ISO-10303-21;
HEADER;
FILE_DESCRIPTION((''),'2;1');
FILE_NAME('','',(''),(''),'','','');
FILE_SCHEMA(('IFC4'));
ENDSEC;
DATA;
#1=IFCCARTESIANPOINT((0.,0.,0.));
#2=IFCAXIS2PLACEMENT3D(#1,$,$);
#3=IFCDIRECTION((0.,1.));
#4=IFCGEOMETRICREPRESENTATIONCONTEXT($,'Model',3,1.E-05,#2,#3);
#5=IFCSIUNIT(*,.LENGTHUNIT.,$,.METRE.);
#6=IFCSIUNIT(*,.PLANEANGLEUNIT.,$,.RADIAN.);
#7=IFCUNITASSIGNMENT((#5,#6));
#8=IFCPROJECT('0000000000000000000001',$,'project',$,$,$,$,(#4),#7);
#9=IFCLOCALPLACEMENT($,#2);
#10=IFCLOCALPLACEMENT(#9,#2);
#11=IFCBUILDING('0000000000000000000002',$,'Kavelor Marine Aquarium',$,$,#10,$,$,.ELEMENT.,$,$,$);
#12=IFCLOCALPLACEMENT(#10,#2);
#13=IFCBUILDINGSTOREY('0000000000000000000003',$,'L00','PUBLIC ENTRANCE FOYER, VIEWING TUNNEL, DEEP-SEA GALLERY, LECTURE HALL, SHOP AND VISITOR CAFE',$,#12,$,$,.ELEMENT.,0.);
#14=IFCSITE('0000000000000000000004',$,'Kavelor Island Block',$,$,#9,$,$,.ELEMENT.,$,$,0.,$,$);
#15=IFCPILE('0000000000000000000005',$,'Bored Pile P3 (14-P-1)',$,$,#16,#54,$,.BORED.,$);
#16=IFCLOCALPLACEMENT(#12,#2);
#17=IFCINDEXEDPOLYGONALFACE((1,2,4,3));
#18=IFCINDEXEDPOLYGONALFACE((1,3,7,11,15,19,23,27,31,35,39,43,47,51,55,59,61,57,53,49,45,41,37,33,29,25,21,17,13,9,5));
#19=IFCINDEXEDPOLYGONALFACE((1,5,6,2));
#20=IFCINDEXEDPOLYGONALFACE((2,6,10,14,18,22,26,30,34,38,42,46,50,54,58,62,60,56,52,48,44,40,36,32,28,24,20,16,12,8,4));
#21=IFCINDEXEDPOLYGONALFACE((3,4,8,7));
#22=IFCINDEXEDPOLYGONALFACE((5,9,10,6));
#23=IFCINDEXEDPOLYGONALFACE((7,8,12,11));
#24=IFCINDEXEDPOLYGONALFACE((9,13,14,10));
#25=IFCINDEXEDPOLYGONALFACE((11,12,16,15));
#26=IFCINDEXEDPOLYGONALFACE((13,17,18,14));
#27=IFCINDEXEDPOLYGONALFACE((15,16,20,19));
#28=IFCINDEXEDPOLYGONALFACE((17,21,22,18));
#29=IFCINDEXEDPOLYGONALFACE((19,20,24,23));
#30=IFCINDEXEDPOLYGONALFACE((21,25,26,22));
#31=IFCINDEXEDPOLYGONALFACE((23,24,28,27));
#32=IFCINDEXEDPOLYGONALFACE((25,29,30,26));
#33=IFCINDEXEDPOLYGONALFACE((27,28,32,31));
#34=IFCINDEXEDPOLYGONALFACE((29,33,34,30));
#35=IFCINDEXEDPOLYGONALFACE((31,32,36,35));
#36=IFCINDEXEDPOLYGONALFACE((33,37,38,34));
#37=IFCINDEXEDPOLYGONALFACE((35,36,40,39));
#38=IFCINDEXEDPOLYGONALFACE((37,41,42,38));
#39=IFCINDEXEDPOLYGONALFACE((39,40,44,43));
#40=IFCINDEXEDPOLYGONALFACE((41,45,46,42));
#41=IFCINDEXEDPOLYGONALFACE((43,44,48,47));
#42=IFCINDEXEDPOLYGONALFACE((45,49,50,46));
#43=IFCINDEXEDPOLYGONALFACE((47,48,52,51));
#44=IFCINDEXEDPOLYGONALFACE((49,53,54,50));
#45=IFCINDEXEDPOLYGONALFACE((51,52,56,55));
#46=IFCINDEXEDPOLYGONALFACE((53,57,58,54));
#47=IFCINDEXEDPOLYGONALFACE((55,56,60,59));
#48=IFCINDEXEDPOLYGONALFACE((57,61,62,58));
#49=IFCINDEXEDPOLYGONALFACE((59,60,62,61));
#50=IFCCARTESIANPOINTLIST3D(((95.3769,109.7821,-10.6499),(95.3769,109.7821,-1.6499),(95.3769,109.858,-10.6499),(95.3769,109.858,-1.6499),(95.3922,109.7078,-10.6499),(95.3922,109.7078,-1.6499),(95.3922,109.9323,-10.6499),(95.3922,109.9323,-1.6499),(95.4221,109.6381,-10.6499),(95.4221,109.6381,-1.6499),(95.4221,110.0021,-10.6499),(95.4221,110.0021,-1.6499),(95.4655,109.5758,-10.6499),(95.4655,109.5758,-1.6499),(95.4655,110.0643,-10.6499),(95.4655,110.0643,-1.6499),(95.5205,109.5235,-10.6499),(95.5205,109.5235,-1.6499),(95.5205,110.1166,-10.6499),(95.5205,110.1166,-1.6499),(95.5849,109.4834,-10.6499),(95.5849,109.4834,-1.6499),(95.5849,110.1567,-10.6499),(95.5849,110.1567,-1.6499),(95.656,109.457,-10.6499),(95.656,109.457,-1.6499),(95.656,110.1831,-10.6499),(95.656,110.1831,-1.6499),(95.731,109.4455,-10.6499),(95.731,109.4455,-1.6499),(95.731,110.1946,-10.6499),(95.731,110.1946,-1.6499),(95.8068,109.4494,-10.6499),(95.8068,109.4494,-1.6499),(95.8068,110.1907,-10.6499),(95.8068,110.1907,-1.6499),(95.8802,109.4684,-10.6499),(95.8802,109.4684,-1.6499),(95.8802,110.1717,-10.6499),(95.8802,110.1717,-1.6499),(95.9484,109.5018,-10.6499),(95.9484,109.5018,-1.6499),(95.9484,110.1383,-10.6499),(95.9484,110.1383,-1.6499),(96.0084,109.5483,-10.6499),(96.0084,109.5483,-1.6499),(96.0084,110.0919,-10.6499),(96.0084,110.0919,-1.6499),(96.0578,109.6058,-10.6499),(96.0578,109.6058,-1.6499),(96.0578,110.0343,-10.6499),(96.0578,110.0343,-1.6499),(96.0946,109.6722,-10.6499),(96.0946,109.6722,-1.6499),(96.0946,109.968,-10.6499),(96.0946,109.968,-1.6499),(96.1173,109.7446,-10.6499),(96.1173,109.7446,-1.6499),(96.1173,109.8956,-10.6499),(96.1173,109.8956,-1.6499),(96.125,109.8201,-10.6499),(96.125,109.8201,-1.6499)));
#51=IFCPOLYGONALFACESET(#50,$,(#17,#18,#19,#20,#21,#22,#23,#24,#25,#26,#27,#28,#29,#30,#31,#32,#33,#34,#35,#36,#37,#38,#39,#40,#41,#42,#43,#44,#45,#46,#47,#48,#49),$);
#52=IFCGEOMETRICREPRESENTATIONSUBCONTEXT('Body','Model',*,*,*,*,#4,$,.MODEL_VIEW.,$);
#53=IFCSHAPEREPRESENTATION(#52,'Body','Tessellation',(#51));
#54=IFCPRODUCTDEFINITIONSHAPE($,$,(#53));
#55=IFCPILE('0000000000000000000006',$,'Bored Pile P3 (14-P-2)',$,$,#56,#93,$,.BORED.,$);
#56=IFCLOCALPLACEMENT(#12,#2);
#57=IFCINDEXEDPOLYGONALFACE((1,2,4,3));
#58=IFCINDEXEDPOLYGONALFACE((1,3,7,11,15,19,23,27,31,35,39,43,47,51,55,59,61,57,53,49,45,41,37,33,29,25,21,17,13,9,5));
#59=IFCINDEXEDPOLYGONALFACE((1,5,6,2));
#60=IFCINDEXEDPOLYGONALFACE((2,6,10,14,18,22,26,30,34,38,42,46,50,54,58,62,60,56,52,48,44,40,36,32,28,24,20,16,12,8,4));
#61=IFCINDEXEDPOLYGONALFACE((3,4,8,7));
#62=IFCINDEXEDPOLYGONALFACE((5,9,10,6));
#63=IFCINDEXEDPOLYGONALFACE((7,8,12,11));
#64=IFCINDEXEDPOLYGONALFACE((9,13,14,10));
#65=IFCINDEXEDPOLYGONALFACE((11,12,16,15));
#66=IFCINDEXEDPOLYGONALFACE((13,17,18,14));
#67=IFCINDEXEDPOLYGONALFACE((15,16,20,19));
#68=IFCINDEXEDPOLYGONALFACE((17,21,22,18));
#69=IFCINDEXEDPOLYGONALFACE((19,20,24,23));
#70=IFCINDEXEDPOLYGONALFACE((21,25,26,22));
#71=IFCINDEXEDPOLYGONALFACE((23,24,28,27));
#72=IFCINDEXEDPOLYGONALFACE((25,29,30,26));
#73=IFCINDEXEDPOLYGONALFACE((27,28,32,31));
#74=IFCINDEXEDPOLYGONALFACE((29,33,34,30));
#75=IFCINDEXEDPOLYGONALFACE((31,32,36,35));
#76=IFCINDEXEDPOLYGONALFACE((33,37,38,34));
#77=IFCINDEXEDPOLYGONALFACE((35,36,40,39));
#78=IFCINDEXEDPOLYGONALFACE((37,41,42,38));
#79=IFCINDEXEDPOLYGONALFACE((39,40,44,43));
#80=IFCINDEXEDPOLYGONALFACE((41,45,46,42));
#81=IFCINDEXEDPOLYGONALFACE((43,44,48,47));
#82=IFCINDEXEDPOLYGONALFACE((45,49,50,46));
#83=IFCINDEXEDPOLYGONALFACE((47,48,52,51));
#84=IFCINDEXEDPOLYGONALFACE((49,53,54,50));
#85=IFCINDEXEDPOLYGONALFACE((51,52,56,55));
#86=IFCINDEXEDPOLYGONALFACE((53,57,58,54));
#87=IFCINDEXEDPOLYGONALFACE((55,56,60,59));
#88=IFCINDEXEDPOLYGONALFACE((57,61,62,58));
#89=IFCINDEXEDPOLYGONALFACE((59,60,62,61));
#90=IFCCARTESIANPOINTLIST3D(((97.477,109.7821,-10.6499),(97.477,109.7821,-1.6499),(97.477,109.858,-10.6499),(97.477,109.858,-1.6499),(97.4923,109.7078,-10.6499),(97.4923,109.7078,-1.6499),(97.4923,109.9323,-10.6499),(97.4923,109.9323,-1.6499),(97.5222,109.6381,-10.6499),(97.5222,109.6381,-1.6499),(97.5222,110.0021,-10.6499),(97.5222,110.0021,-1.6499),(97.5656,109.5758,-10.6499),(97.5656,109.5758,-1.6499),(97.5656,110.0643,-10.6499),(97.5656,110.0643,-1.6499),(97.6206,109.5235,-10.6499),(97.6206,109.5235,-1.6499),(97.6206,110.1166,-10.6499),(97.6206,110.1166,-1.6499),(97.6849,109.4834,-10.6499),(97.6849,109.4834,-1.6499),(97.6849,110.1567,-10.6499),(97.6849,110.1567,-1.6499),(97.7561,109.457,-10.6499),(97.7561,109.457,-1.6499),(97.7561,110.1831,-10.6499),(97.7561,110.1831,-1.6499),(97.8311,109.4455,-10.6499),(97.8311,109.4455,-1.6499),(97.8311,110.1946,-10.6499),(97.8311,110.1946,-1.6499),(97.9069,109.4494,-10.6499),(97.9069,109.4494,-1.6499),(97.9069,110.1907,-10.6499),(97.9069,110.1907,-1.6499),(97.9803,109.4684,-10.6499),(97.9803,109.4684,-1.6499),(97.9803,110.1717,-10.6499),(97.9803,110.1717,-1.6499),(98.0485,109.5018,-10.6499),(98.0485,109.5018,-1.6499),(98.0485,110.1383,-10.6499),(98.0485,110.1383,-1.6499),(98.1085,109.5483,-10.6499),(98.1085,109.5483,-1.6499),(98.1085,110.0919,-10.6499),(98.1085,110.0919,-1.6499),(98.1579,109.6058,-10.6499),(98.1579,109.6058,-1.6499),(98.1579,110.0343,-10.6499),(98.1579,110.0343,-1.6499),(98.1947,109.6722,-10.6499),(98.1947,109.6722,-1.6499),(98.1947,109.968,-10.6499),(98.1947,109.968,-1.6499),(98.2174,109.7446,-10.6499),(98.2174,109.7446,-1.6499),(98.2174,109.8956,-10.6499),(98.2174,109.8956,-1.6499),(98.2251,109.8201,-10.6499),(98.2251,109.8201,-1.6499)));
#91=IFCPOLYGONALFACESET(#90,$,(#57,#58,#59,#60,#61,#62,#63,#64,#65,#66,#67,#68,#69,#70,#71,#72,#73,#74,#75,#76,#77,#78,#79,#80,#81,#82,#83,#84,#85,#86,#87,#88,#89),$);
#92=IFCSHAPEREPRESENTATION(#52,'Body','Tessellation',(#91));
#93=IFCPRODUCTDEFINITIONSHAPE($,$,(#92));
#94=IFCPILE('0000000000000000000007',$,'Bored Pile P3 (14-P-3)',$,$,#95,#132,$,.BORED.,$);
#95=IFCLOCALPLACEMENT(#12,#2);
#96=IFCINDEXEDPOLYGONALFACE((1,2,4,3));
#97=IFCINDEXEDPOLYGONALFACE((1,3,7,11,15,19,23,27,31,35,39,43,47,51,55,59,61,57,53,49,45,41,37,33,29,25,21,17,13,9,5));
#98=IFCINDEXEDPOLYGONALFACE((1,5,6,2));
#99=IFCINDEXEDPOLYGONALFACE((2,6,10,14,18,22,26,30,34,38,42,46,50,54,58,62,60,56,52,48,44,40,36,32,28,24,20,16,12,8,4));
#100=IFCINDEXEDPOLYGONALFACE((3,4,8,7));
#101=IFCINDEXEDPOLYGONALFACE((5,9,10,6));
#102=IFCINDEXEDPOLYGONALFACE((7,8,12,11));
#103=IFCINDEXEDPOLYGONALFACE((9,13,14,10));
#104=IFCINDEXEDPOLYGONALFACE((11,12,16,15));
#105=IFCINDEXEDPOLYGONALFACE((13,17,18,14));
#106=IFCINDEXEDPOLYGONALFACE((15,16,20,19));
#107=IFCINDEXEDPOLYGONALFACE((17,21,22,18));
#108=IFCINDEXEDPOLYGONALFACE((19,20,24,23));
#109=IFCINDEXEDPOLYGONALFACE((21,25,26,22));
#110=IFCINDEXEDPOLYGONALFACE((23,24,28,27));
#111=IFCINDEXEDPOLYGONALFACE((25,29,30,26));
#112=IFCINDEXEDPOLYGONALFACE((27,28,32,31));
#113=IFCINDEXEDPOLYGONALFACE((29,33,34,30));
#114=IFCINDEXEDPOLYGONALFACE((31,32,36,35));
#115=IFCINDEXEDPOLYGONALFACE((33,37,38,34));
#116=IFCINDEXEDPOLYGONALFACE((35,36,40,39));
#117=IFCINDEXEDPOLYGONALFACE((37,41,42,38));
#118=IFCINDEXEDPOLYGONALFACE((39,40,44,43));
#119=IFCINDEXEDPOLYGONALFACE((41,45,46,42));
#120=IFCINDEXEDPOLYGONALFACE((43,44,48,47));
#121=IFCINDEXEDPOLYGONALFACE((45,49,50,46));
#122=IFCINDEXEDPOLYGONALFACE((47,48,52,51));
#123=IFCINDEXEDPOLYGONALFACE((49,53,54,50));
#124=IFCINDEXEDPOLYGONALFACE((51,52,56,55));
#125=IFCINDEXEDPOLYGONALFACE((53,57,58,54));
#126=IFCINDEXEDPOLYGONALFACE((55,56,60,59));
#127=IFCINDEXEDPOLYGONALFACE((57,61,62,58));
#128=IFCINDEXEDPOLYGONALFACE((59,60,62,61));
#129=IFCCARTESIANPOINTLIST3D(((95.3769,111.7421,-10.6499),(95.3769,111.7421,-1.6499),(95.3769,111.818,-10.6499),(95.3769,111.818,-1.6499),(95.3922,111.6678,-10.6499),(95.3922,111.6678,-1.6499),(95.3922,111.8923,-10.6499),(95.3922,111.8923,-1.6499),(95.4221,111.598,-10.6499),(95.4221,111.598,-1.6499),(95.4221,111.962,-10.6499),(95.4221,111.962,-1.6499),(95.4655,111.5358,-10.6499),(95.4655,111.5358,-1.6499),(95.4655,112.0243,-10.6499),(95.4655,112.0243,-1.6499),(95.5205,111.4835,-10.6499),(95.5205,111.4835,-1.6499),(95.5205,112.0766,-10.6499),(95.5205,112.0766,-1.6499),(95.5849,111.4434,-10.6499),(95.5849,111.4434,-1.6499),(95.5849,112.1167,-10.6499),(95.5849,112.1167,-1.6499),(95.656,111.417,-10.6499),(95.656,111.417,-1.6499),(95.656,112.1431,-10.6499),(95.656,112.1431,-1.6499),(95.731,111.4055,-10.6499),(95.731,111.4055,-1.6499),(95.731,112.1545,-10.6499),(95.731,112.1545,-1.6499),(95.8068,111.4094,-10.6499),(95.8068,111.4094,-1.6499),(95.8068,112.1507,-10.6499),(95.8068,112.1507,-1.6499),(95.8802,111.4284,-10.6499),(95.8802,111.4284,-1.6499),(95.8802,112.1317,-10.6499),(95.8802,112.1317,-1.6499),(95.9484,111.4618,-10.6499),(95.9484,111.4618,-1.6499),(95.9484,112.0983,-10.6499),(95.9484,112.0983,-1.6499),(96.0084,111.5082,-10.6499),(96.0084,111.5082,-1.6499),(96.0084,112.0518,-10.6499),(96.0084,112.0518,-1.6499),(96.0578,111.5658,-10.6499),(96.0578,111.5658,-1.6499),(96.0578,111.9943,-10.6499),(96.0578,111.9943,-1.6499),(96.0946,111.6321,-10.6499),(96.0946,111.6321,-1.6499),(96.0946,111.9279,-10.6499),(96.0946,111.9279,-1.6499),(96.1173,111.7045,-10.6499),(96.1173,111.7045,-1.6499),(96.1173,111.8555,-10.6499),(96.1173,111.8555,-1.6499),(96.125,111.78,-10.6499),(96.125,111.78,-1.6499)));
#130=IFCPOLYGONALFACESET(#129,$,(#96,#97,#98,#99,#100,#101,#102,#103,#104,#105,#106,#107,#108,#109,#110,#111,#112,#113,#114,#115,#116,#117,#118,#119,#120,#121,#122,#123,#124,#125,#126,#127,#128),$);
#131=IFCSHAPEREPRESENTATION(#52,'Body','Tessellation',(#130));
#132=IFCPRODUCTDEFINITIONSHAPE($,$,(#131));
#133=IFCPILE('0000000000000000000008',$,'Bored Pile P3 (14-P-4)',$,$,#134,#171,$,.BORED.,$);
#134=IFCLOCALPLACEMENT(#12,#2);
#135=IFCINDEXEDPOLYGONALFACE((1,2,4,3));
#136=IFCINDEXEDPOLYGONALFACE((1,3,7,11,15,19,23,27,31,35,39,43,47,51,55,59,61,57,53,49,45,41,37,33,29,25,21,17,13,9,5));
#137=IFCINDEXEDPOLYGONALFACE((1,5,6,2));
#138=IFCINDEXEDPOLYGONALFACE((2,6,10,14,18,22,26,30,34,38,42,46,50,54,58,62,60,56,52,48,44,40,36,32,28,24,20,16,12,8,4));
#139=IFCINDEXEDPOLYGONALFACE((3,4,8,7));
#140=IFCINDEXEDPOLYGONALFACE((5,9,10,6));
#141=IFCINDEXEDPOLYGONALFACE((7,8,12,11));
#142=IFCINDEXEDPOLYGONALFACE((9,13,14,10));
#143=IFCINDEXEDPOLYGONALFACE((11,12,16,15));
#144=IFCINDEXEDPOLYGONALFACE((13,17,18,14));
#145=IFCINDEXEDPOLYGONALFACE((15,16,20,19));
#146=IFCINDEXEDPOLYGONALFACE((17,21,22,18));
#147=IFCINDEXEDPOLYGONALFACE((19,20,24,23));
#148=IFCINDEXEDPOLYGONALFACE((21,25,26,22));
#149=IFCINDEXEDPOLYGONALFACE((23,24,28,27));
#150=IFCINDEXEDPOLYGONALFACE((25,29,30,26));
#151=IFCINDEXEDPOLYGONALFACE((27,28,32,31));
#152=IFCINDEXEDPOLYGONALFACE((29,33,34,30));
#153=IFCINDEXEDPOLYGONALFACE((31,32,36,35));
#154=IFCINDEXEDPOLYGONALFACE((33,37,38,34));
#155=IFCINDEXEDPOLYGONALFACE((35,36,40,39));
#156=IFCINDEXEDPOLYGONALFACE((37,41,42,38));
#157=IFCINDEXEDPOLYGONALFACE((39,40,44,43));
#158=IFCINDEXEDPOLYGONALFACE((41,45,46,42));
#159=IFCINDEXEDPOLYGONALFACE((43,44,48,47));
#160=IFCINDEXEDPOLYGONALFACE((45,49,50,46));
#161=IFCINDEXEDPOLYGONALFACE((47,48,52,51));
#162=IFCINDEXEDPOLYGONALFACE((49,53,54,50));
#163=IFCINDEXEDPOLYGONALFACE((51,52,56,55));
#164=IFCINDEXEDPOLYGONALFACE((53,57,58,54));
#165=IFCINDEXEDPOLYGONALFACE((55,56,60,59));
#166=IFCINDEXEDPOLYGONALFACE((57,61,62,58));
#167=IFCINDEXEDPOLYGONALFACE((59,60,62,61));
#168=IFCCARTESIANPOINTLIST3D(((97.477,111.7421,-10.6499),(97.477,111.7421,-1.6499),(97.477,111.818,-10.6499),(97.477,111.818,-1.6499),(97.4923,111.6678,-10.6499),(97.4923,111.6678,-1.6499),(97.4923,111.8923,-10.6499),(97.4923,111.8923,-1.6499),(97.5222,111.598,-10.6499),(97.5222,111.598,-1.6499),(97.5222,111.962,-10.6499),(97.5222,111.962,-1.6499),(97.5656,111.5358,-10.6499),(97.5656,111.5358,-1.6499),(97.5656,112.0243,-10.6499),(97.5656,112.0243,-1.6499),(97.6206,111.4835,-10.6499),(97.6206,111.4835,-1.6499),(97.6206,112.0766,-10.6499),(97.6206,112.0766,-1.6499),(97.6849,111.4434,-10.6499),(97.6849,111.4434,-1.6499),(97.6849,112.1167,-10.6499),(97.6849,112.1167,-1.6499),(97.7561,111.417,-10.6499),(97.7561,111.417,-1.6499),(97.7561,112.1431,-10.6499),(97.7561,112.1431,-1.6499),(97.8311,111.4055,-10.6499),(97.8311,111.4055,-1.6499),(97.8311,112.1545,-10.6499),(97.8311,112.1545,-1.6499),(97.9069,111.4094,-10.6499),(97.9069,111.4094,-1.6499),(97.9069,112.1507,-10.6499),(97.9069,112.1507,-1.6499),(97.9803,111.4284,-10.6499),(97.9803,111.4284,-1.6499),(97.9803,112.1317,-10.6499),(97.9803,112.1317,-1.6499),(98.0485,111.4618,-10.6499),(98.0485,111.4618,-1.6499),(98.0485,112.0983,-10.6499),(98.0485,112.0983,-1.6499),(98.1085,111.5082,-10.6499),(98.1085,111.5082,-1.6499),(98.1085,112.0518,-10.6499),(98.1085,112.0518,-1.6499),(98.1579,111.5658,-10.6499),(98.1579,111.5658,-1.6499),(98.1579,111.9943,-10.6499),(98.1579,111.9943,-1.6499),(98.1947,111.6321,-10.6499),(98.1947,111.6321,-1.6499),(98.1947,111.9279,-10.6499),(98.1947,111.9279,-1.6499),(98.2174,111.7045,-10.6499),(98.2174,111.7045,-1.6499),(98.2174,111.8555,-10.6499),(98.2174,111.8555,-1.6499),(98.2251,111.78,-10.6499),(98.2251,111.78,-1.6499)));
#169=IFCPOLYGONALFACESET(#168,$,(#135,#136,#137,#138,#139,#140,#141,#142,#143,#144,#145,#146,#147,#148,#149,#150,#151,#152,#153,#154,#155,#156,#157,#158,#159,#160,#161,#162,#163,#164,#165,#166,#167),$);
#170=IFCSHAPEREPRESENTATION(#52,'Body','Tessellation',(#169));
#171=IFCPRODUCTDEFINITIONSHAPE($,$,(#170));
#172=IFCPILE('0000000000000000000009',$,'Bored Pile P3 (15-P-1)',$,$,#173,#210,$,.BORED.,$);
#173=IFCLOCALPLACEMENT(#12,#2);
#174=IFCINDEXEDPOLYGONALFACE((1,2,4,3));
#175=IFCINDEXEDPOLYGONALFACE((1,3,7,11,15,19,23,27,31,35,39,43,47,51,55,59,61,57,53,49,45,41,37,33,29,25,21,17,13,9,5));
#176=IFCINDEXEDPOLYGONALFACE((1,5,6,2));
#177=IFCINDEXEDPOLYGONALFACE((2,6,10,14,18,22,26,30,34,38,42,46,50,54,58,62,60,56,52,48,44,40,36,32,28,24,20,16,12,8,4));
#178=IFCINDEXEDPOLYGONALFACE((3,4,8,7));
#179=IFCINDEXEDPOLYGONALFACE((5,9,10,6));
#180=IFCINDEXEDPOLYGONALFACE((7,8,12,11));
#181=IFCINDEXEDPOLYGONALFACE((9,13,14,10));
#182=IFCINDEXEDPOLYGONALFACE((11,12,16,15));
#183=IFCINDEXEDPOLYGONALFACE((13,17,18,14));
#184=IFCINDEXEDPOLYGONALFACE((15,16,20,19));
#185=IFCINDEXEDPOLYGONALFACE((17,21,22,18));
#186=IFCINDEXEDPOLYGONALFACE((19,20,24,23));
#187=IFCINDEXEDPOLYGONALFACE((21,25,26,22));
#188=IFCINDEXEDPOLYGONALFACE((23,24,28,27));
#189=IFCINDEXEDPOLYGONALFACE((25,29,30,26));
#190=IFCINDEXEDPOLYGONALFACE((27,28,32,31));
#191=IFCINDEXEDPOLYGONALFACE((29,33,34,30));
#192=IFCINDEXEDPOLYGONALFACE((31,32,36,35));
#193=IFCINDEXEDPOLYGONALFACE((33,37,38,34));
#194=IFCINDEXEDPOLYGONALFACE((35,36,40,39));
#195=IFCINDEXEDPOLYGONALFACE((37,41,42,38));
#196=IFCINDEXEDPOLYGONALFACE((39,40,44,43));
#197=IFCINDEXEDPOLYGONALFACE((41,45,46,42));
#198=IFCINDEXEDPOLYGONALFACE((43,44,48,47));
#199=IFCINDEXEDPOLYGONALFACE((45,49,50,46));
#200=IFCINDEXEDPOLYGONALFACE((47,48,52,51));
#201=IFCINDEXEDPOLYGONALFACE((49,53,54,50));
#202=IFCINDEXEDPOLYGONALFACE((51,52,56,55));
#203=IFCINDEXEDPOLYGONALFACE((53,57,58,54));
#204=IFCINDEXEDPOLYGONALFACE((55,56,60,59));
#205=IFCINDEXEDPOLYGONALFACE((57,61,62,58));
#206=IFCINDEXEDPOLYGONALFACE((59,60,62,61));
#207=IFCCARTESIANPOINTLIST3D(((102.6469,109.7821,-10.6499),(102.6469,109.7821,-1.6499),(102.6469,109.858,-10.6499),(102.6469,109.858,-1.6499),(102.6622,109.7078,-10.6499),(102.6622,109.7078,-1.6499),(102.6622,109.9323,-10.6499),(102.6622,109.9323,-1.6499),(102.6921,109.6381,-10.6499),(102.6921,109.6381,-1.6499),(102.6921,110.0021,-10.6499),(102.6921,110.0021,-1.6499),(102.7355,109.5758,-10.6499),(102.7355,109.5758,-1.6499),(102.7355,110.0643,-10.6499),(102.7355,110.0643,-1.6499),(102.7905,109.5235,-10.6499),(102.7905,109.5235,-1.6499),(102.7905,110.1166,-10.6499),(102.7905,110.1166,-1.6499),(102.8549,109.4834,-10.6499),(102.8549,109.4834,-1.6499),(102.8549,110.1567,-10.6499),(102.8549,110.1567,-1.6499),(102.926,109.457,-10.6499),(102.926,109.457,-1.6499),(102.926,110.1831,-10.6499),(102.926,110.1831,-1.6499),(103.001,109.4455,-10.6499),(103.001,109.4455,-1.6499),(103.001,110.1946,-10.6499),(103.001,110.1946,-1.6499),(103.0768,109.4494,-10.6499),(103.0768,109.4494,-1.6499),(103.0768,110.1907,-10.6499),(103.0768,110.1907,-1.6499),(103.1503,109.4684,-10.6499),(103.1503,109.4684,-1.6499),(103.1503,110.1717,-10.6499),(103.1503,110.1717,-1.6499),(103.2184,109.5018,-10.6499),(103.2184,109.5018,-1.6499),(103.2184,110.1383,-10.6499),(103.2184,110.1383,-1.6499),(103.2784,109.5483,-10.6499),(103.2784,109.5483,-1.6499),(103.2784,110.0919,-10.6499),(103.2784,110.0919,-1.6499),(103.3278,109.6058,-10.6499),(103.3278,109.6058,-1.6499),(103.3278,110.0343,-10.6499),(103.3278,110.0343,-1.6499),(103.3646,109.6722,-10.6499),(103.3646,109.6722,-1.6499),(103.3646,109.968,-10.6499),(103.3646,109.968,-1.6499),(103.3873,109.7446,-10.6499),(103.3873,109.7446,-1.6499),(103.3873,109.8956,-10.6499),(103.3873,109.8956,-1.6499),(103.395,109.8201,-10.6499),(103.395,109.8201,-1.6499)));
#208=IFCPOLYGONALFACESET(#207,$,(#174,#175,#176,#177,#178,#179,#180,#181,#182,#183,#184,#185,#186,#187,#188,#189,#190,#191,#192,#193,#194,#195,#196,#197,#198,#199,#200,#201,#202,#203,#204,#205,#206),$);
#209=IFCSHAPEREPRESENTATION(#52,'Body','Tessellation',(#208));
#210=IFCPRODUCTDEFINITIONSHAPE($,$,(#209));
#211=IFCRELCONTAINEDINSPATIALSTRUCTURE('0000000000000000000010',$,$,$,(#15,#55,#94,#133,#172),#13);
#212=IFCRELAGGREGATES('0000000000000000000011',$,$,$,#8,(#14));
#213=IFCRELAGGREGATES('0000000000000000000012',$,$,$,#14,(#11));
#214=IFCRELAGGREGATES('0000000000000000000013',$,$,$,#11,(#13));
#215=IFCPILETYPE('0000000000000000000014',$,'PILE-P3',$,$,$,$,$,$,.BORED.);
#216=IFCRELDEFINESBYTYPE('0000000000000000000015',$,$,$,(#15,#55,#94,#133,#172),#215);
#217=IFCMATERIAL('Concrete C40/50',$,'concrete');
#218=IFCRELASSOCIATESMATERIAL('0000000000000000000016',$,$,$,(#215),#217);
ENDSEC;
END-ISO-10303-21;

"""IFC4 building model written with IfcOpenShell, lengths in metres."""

from ifc_helpers import new_model, si_unit, direction, frame, origin, origin_2d, place, context, subcontext, project, spatial, circle, extrude, material, material_profile, profile_set, type_object, element, save


model = new_model("IFC4")

# Units and contexts
model_context = context("Model", 3, precision=1e-05, world=origin(), true_north=direction((0.0, 1.0)))
body_context = subcontext(model_context, "Body", "Model", "MODEL_VIEW")
ifc_project = project(units=[si_unit("LENGTHUNIT", "METRE"), si_unit("PLANEANGLEUNIT", "RADIAN")], contexts=[model_context])

# Site, building, storey
site_placement = place(None, origin())
site = spatial("IfcSite", under=ifc_project, at=site_placement, Name="Kavelor Island Block", CompositionType="ELEMENT", RefElevation=0.0)
building_placement = place(site_placement, origin())
building = spatial("IfcBuilding", under=site, at=building_placement, Name="Kavelor Marine Aquarium", CompositionType="ELEMENT")
storey_placement = place(building_placement, origin())
storey = spatial("IfcBuildingStorey", under=building, at=storey_placement, Name="L00", Description="PUBLIC ENTRANCE FOYER, VIEWING TUNNEL, DEEP-SEA GALLERY, LECTURE HALL, SHOP AND VISITOR CAFE", CompositionType="ELEMENT", Elevation=0.0)

# Piles
ifc_material_1 = material(Name="Concrete C40/50", Category="concrete")
ifc_material_profile_1 = material_profile(ifc_material_1, circle(Radius=0.375, at=origin_2d()), Name="PILE D750")
ifc_profile_set_1 = profile_set([ifc_material_profile_1], Name="Concrete C40/50")
pile_type_1 = type_object("IfcPileType", Name="PILE-P3", PredefinedType="BORED", material=ifc_profile_set_1)
for number, where, z_axis, x_axis, name in (
    (1, (95.75, 109.8201, -1.6499), (0.0, 0.0, -1.0), (1.0, 0.0, 0.0), "Bored Pile P3 (14-P-1)"),
    (2, (97.8501, 109.8201, -1.6499), (0.0, 0.0, -1.0), (1.0, 0.0, 0.0), "Bored Pile P3 (14-P-2)"),
    (3, (95.75, 111.78, -1.6499), (0.0, 0.0, -1.0), (1.0, 0.0, 0.0), "Bored Pile P3 (14-P-3)"),
    (4, (97.8501, 111.78, -1.6499), (0.0, 0.0, -1.0), (1.0, 0.0, 0.0), "Bored Pile P3 (14-P-4)"),
    (5, (103.02, 109.8201, -1.6499), (0.0, 0.0, -1.0), (1.0, 0.0, 0.0), "Bored Pile P3 (15-P-1)"),
):
    element("IfcPile", number, at=place(storey_placement, frame(where, z_axis=z_axis, x_axis=x_axis)), inside=storey, type_object=pile_type_1, Name=name, PredefinedType="BORED", context=body_context, shape_type="SweptSolid", body=[
        extrude(circle(Radius=0.375, at=origin_2d()), origin(), (0.0, 0.0, 1.0), 9.0),
    ])

save(model, "model.ifc")
